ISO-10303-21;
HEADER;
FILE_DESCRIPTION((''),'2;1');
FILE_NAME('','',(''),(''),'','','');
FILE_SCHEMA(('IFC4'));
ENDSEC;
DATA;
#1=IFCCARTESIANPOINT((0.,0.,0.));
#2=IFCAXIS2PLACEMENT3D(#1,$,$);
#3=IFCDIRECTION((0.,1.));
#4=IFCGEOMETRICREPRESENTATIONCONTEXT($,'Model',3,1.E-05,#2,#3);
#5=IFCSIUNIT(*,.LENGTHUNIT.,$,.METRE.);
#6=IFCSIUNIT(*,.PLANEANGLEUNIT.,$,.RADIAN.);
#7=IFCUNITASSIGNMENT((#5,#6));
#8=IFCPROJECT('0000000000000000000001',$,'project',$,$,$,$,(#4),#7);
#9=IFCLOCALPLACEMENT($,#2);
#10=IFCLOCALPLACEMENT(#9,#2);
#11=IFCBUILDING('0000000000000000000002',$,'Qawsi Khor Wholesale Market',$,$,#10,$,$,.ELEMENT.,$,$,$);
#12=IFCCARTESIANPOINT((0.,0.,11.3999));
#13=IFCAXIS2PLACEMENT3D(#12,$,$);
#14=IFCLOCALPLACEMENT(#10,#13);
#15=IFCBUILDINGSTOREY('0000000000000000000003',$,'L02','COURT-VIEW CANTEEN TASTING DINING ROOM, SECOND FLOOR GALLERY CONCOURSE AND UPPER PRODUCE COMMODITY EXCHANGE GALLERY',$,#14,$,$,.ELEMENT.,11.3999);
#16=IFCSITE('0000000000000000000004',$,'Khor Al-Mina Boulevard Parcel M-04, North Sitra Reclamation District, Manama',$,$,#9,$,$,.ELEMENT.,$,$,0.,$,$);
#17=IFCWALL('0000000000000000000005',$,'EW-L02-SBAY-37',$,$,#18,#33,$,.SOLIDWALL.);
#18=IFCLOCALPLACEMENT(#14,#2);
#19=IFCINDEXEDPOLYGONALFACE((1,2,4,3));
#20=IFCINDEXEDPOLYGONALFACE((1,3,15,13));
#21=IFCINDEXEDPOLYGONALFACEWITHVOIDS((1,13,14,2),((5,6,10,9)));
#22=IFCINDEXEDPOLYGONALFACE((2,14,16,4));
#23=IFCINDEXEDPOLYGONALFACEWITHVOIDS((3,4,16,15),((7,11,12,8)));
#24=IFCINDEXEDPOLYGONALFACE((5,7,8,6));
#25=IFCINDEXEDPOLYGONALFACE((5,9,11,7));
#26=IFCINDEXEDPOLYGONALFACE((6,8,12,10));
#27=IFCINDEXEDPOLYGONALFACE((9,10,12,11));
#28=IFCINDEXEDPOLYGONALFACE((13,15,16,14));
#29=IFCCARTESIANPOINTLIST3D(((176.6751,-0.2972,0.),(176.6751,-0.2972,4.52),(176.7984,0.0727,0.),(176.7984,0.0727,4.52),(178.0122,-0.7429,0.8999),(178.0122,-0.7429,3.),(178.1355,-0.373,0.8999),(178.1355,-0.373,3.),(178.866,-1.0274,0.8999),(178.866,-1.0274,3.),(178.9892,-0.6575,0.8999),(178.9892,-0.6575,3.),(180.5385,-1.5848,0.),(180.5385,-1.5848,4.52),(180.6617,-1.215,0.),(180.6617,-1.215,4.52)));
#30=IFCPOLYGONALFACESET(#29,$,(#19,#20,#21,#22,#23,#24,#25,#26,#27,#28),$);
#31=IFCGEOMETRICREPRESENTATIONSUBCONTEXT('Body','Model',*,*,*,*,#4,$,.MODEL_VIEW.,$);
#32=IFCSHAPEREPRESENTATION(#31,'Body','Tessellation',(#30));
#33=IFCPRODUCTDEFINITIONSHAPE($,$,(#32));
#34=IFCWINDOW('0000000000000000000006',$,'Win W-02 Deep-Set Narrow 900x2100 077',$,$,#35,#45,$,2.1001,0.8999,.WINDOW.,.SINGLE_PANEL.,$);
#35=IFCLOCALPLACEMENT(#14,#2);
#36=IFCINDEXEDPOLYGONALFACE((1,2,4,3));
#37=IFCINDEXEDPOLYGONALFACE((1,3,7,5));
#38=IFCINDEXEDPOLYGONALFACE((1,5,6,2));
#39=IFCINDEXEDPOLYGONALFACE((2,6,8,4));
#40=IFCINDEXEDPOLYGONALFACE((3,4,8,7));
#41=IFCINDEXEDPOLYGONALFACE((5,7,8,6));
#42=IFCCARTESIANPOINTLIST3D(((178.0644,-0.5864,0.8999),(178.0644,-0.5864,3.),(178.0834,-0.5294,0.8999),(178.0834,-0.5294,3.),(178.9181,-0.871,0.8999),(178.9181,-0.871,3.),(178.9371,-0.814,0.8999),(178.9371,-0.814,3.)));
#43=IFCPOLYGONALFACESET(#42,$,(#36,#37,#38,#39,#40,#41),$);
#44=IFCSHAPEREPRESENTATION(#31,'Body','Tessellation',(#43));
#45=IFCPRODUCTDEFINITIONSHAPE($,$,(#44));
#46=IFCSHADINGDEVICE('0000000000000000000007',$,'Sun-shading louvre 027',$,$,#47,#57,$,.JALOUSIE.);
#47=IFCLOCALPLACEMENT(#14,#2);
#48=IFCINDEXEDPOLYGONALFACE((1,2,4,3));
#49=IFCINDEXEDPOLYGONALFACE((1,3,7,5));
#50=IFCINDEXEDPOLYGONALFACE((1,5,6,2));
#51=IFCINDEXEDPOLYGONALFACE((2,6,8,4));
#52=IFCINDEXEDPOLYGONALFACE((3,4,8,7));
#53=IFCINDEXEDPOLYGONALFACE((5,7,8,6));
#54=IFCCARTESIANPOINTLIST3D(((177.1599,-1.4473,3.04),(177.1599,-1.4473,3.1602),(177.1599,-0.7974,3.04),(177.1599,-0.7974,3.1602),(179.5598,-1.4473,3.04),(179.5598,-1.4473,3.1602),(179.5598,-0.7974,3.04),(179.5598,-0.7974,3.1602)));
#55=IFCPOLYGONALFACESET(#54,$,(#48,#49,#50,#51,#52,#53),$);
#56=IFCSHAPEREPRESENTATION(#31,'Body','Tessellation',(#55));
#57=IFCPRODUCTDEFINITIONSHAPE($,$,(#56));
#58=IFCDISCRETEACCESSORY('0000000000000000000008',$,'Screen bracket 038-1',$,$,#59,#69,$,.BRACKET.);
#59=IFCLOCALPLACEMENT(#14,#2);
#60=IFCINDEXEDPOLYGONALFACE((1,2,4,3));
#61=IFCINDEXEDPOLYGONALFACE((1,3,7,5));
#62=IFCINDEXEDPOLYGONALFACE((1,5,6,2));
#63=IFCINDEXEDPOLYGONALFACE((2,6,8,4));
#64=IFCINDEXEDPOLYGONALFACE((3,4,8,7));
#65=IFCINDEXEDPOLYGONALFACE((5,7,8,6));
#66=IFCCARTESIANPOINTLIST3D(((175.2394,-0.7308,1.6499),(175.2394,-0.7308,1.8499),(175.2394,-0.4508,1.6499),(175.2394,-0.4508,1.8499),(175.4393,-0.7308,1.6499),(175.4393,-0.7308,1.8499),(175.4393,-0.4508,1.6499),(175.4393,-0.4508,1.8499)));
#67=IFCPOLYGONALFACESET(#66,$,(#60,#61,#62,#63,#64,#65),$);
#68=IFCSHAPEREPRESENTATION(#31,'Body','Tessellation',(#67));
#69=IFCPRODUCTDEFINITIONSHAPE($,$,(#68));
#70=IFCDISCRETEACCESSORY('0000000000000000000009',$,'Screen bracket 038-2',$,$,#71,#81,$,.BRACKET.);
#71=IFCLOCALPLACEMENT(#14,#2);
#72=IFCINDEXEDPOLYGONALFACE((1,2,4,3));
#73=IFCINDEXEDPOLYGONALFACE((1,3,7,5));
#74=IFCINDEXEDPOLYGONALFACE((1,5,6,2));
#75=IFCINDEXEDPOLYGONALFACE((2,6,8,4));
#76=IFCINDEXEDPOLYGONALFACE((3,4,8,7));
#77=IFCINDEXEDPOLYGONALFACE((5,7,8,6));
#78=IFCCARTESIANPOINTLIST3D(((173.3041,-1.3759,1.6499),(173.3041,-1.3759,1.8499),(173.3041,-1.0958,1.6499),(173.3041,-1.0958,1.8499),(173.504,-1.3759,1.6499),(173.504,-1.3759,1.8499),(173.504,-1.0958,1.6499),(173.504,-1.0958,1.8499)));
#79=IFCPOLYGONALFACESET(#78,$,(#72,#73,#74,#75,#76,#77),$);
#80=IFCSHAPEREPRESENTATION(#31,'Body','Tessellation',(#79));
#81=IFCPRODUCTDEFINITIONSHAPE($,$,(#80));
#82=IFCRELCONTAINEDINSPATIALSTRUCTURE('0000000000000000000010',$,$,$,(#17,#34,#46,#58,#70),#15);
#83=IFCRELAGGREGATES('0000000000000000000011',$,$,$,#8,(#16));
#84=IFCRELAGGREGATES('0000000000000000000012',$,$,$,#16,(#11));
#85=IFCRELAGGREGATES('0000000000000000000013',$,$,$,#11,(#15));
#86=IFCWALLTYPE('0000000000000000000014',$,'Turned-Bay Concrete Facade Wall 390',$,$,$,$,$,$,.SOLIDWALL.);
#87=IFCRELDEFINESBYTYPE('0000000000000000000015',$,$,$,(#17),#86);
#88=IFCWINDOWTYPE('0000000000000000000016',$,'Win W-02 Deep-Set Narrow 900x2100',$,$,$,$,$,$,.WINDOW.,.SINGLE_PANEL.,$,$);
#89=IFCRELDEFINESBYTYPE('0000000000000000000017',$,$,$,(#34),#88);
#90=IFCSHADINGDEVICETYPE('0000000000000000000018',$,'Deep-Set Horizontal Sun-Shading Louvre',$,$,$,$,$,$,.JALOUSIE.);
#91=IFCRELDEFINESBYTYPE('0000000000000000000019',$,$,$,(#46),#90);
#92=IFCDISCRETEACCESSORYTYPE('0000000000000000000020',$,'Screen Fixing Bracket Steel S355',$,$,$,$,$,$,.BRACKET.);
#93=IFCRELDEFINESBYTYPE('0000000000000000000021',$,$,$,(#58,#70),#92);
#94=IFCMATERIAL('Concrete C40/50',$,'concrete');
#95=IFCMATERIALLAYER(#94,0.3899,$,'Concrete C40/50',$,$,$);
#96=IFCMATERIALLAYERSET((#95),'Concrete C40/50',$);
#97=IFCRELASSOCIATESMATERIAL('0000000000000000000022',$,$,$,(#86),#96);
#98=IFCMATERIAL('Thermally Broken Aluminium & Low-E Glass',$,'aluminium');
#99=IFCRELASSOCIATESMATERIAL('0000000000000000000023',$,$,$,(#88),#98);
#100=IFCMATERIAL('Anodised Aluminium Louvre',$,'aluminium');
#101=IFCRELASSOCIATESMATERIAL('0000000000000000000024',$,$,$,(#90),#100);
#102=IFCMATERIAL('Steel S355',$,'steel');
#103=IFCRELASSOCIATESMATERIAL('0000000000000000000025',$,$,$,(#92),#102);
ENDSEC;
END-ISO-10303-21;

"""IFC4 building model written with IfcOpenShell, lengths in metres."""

from ifc_helpers import new_model, si_unit, direction, frame, frame_2d, origin, origin_2d, place, context, subcontext, project, spatial, rectangle, extrude, material, layer, layer_set, type_object, element, fill, save


model = new_model("IFC4")

# Units and contexts
model_context = context("Model", 3, precision=1e-05, world=origin(), true_north=direction((0.0, 1.0)))
body_context = subcontext(model_context, "Body", "Model", "MODEL_VIEW")
ifc_project = project(units=[si_unit("LENGTHUNIT", "METRE"), si_unit("PLANEANGLEUNIT", "RADIAN")], contexts=[model_context])

# Site, building, storey
site_placement = place(None, origin())
site = spatial("IfcSite", under=ifc_project, at=site_placement, Name="Khor Al-Mina Boulevard Parcel M-04, North Sitra Reclamation District, Manama", CompositionType="ELEMENT", RefElevation=0.0)
building_placement = place(site_placement, origin())
building = spatial("IfcBuilding", under=site, at=building_placement, Name="Qawsi Khor Wholesale Market", CompositionType="ELEMENT")
storey_placement = place(building_placement, frame((0.0, 0.0, 11.3999)))
storey = spatial("IfcBuildingStorey", under=building, at=storey_placement, Name="L02", Description="COURT-VIEW CANTEEN TASTING DINING ROOM, SECOND FLOOR GALLERY CONCOURSE AND UPPER PRODUCE COMMODITY EXCHANGE GALLERY", CompositionType="ELEMENT", Elevation=11.3999)

# Shared definitions
ifc_material_1 = material(Name="Concrete C40/50", Category="concrete")

# Shared definitions
ifc_material_2 = material(Name="Steel S355", Category="steel")

# Wall, opening, window
ifc_material_3 = material(Name="Thermally Broken Aluminium & Low-E Glass", Category="aluminium")
ifc_layer_1 = layer(ifc_material_1, 0.3899, Name="Concrete C40/50")
ifc_layer_set_1 = layer_set([ifc_layer_1], Name="Concrete C40/50")
wall_type_1 = type_object("IfcWallType", Name="Turned-Bay Concrete Facade Wall 390", PredefinedType="SOLIDWALL", material=ifc_layer_set_1)
window_type_1 = type_object("IfcWindowType", Name="Win W-02 Deep-Set Narrow 900x2100", PartitioningType="SINGLE_PANEL", PredefinedType="WINDOW", material=ifc_material_3)
wall_1_placement = place(storey_placement, frame((180.6001, -1.3999, 0.0), z_axis=(0.0, 0.0, 1.0), x_axis=(-0.948695, 0.316192, 0.0)))
wall_1 = element("IfcWall", 1, at=wall_1_placement, inside=storey, type_object=wall_type_1, Name="EW-L02-SBAY-37", PredefinedType="SOLIDWALL", context=body_context, shape_type="SweptSolid", body=[
    extrude(rectangle(XDim=4.0723, YDim=0.3899, at=frame_2d((2.0361, 0.0))), origin(), (0.0, 0.0, 1.0), 4.52),
])
opening_1_placement = place(wall_1_placement, frame((1.7629, 0.0, 0.8999)))
opening_1 = element("IfcOpeningElement", 2, at=opening_1_placement, cuts=wall_1, PredefinedType="OPENING", context=body_context, shape_type="SweptSolid", body=[
    extrude(rectangle(XDim=0.8999, YDim=2.1001, at=frame_2d((0.45, 1.05))), frame((0.0, 0.2048, 0.0), z_axis=(0.0, -1.0, 0.0), x_axis=(1.0, 0.0, 0.0)), (0.0, 0.0, 1.0), 0.4099),
])
window_1_placement = place(opening_1_placement, origin())
window_1 = element("IfcWindow", 3, at=window_1_placement, inside=storey, type_object=window_type_1, Name="Win W-02 Deep-Set Narrow 900x2100 077", OverallHeight=2.1001, OverallWidth=0.8999, PartitioningType="SINGLE_PANEL", PredefinedType="WINDOW", context=body_context, shape_type="SweptSolid", body=[
    extrude(rectangle(XDim=0.8999, YDim=2.1001, at=frame_2d((0.45, 1.05))), frame((0.0, 0.03, 0.0), z_axis=(0.0, -1.0, 0.0), x_axis=(1.0, 0.0, 0.0)), (0.0, 0.0, 1.0), 0.0601),
])
fill(opening_1, window_1)

# Shading device
ifc_material_4 = material(Name="Anodised Aluminium Louvre", Category="aluminium")
shading_device_type = type_object("IfcShadingDeviceType", Name="Deep-Set Horizontal Sun-Shading Louvre", PredefinedType="JALOUSIE", material=ifc_material_4)
shading_device_placement = place(storey_placement, frame((178.3599, -1.1223, 3.04), z_axis=(0.0, 0.0, 1.0), x_axis=(1.0, 0.0, 0.0)))
element("IfcShadingDevice", 4, at=shading_device_placement, inside=storey, type_object=shading_device_type, Name="Sun-shading louvre 027", PredefinedType="JALOUSIE", context=body_context, shape_type="SweptSolid", body=[
    extrude(rectangle(XDim=2.3999, YDim=0.6499, at=origin_2d()), origin(), (0.0, 0.0, 1.0), 0.1201),
])

# Discrete accessories
discrete_accessory_type = type_object("IfcDiscreteAccessoryType", Name="Screen Fixing Bracket Steel S355", PredefinedType="BRACKET", material=ifc_material_2)
for number, where, z_axis, x_axis, name in (
    (5, (175.3394, -0.5908, 1.6499), (0.0, 0.0, 1.0), (1.0, 0.0, 0.0), "Screen bracket 038-1"),
    (6, (173.4041, -1.2358, 1.6499), (0.0, 0.0, 1.0), (1.0, 0.0, 0.0), "Screen bracket 038-2"),
):
    element("IfcDiscreteAccessory", number, at=place(storey_placement, frame(where, z_axis=z_axis, x_axis=x_axis)), inside=storey, type_object=discrete_accessory_type, Name=name, PredefinedType="BRACKET", context=body_context, shape_type="SweptSolid", body=[
        extrude(rectangle(XDim=0.2, YDim=0.28, at=origin_2d()), origin(), (0.0, 0.0, 1.0), 0.2),
    ])

save(model, "model.ifc")
